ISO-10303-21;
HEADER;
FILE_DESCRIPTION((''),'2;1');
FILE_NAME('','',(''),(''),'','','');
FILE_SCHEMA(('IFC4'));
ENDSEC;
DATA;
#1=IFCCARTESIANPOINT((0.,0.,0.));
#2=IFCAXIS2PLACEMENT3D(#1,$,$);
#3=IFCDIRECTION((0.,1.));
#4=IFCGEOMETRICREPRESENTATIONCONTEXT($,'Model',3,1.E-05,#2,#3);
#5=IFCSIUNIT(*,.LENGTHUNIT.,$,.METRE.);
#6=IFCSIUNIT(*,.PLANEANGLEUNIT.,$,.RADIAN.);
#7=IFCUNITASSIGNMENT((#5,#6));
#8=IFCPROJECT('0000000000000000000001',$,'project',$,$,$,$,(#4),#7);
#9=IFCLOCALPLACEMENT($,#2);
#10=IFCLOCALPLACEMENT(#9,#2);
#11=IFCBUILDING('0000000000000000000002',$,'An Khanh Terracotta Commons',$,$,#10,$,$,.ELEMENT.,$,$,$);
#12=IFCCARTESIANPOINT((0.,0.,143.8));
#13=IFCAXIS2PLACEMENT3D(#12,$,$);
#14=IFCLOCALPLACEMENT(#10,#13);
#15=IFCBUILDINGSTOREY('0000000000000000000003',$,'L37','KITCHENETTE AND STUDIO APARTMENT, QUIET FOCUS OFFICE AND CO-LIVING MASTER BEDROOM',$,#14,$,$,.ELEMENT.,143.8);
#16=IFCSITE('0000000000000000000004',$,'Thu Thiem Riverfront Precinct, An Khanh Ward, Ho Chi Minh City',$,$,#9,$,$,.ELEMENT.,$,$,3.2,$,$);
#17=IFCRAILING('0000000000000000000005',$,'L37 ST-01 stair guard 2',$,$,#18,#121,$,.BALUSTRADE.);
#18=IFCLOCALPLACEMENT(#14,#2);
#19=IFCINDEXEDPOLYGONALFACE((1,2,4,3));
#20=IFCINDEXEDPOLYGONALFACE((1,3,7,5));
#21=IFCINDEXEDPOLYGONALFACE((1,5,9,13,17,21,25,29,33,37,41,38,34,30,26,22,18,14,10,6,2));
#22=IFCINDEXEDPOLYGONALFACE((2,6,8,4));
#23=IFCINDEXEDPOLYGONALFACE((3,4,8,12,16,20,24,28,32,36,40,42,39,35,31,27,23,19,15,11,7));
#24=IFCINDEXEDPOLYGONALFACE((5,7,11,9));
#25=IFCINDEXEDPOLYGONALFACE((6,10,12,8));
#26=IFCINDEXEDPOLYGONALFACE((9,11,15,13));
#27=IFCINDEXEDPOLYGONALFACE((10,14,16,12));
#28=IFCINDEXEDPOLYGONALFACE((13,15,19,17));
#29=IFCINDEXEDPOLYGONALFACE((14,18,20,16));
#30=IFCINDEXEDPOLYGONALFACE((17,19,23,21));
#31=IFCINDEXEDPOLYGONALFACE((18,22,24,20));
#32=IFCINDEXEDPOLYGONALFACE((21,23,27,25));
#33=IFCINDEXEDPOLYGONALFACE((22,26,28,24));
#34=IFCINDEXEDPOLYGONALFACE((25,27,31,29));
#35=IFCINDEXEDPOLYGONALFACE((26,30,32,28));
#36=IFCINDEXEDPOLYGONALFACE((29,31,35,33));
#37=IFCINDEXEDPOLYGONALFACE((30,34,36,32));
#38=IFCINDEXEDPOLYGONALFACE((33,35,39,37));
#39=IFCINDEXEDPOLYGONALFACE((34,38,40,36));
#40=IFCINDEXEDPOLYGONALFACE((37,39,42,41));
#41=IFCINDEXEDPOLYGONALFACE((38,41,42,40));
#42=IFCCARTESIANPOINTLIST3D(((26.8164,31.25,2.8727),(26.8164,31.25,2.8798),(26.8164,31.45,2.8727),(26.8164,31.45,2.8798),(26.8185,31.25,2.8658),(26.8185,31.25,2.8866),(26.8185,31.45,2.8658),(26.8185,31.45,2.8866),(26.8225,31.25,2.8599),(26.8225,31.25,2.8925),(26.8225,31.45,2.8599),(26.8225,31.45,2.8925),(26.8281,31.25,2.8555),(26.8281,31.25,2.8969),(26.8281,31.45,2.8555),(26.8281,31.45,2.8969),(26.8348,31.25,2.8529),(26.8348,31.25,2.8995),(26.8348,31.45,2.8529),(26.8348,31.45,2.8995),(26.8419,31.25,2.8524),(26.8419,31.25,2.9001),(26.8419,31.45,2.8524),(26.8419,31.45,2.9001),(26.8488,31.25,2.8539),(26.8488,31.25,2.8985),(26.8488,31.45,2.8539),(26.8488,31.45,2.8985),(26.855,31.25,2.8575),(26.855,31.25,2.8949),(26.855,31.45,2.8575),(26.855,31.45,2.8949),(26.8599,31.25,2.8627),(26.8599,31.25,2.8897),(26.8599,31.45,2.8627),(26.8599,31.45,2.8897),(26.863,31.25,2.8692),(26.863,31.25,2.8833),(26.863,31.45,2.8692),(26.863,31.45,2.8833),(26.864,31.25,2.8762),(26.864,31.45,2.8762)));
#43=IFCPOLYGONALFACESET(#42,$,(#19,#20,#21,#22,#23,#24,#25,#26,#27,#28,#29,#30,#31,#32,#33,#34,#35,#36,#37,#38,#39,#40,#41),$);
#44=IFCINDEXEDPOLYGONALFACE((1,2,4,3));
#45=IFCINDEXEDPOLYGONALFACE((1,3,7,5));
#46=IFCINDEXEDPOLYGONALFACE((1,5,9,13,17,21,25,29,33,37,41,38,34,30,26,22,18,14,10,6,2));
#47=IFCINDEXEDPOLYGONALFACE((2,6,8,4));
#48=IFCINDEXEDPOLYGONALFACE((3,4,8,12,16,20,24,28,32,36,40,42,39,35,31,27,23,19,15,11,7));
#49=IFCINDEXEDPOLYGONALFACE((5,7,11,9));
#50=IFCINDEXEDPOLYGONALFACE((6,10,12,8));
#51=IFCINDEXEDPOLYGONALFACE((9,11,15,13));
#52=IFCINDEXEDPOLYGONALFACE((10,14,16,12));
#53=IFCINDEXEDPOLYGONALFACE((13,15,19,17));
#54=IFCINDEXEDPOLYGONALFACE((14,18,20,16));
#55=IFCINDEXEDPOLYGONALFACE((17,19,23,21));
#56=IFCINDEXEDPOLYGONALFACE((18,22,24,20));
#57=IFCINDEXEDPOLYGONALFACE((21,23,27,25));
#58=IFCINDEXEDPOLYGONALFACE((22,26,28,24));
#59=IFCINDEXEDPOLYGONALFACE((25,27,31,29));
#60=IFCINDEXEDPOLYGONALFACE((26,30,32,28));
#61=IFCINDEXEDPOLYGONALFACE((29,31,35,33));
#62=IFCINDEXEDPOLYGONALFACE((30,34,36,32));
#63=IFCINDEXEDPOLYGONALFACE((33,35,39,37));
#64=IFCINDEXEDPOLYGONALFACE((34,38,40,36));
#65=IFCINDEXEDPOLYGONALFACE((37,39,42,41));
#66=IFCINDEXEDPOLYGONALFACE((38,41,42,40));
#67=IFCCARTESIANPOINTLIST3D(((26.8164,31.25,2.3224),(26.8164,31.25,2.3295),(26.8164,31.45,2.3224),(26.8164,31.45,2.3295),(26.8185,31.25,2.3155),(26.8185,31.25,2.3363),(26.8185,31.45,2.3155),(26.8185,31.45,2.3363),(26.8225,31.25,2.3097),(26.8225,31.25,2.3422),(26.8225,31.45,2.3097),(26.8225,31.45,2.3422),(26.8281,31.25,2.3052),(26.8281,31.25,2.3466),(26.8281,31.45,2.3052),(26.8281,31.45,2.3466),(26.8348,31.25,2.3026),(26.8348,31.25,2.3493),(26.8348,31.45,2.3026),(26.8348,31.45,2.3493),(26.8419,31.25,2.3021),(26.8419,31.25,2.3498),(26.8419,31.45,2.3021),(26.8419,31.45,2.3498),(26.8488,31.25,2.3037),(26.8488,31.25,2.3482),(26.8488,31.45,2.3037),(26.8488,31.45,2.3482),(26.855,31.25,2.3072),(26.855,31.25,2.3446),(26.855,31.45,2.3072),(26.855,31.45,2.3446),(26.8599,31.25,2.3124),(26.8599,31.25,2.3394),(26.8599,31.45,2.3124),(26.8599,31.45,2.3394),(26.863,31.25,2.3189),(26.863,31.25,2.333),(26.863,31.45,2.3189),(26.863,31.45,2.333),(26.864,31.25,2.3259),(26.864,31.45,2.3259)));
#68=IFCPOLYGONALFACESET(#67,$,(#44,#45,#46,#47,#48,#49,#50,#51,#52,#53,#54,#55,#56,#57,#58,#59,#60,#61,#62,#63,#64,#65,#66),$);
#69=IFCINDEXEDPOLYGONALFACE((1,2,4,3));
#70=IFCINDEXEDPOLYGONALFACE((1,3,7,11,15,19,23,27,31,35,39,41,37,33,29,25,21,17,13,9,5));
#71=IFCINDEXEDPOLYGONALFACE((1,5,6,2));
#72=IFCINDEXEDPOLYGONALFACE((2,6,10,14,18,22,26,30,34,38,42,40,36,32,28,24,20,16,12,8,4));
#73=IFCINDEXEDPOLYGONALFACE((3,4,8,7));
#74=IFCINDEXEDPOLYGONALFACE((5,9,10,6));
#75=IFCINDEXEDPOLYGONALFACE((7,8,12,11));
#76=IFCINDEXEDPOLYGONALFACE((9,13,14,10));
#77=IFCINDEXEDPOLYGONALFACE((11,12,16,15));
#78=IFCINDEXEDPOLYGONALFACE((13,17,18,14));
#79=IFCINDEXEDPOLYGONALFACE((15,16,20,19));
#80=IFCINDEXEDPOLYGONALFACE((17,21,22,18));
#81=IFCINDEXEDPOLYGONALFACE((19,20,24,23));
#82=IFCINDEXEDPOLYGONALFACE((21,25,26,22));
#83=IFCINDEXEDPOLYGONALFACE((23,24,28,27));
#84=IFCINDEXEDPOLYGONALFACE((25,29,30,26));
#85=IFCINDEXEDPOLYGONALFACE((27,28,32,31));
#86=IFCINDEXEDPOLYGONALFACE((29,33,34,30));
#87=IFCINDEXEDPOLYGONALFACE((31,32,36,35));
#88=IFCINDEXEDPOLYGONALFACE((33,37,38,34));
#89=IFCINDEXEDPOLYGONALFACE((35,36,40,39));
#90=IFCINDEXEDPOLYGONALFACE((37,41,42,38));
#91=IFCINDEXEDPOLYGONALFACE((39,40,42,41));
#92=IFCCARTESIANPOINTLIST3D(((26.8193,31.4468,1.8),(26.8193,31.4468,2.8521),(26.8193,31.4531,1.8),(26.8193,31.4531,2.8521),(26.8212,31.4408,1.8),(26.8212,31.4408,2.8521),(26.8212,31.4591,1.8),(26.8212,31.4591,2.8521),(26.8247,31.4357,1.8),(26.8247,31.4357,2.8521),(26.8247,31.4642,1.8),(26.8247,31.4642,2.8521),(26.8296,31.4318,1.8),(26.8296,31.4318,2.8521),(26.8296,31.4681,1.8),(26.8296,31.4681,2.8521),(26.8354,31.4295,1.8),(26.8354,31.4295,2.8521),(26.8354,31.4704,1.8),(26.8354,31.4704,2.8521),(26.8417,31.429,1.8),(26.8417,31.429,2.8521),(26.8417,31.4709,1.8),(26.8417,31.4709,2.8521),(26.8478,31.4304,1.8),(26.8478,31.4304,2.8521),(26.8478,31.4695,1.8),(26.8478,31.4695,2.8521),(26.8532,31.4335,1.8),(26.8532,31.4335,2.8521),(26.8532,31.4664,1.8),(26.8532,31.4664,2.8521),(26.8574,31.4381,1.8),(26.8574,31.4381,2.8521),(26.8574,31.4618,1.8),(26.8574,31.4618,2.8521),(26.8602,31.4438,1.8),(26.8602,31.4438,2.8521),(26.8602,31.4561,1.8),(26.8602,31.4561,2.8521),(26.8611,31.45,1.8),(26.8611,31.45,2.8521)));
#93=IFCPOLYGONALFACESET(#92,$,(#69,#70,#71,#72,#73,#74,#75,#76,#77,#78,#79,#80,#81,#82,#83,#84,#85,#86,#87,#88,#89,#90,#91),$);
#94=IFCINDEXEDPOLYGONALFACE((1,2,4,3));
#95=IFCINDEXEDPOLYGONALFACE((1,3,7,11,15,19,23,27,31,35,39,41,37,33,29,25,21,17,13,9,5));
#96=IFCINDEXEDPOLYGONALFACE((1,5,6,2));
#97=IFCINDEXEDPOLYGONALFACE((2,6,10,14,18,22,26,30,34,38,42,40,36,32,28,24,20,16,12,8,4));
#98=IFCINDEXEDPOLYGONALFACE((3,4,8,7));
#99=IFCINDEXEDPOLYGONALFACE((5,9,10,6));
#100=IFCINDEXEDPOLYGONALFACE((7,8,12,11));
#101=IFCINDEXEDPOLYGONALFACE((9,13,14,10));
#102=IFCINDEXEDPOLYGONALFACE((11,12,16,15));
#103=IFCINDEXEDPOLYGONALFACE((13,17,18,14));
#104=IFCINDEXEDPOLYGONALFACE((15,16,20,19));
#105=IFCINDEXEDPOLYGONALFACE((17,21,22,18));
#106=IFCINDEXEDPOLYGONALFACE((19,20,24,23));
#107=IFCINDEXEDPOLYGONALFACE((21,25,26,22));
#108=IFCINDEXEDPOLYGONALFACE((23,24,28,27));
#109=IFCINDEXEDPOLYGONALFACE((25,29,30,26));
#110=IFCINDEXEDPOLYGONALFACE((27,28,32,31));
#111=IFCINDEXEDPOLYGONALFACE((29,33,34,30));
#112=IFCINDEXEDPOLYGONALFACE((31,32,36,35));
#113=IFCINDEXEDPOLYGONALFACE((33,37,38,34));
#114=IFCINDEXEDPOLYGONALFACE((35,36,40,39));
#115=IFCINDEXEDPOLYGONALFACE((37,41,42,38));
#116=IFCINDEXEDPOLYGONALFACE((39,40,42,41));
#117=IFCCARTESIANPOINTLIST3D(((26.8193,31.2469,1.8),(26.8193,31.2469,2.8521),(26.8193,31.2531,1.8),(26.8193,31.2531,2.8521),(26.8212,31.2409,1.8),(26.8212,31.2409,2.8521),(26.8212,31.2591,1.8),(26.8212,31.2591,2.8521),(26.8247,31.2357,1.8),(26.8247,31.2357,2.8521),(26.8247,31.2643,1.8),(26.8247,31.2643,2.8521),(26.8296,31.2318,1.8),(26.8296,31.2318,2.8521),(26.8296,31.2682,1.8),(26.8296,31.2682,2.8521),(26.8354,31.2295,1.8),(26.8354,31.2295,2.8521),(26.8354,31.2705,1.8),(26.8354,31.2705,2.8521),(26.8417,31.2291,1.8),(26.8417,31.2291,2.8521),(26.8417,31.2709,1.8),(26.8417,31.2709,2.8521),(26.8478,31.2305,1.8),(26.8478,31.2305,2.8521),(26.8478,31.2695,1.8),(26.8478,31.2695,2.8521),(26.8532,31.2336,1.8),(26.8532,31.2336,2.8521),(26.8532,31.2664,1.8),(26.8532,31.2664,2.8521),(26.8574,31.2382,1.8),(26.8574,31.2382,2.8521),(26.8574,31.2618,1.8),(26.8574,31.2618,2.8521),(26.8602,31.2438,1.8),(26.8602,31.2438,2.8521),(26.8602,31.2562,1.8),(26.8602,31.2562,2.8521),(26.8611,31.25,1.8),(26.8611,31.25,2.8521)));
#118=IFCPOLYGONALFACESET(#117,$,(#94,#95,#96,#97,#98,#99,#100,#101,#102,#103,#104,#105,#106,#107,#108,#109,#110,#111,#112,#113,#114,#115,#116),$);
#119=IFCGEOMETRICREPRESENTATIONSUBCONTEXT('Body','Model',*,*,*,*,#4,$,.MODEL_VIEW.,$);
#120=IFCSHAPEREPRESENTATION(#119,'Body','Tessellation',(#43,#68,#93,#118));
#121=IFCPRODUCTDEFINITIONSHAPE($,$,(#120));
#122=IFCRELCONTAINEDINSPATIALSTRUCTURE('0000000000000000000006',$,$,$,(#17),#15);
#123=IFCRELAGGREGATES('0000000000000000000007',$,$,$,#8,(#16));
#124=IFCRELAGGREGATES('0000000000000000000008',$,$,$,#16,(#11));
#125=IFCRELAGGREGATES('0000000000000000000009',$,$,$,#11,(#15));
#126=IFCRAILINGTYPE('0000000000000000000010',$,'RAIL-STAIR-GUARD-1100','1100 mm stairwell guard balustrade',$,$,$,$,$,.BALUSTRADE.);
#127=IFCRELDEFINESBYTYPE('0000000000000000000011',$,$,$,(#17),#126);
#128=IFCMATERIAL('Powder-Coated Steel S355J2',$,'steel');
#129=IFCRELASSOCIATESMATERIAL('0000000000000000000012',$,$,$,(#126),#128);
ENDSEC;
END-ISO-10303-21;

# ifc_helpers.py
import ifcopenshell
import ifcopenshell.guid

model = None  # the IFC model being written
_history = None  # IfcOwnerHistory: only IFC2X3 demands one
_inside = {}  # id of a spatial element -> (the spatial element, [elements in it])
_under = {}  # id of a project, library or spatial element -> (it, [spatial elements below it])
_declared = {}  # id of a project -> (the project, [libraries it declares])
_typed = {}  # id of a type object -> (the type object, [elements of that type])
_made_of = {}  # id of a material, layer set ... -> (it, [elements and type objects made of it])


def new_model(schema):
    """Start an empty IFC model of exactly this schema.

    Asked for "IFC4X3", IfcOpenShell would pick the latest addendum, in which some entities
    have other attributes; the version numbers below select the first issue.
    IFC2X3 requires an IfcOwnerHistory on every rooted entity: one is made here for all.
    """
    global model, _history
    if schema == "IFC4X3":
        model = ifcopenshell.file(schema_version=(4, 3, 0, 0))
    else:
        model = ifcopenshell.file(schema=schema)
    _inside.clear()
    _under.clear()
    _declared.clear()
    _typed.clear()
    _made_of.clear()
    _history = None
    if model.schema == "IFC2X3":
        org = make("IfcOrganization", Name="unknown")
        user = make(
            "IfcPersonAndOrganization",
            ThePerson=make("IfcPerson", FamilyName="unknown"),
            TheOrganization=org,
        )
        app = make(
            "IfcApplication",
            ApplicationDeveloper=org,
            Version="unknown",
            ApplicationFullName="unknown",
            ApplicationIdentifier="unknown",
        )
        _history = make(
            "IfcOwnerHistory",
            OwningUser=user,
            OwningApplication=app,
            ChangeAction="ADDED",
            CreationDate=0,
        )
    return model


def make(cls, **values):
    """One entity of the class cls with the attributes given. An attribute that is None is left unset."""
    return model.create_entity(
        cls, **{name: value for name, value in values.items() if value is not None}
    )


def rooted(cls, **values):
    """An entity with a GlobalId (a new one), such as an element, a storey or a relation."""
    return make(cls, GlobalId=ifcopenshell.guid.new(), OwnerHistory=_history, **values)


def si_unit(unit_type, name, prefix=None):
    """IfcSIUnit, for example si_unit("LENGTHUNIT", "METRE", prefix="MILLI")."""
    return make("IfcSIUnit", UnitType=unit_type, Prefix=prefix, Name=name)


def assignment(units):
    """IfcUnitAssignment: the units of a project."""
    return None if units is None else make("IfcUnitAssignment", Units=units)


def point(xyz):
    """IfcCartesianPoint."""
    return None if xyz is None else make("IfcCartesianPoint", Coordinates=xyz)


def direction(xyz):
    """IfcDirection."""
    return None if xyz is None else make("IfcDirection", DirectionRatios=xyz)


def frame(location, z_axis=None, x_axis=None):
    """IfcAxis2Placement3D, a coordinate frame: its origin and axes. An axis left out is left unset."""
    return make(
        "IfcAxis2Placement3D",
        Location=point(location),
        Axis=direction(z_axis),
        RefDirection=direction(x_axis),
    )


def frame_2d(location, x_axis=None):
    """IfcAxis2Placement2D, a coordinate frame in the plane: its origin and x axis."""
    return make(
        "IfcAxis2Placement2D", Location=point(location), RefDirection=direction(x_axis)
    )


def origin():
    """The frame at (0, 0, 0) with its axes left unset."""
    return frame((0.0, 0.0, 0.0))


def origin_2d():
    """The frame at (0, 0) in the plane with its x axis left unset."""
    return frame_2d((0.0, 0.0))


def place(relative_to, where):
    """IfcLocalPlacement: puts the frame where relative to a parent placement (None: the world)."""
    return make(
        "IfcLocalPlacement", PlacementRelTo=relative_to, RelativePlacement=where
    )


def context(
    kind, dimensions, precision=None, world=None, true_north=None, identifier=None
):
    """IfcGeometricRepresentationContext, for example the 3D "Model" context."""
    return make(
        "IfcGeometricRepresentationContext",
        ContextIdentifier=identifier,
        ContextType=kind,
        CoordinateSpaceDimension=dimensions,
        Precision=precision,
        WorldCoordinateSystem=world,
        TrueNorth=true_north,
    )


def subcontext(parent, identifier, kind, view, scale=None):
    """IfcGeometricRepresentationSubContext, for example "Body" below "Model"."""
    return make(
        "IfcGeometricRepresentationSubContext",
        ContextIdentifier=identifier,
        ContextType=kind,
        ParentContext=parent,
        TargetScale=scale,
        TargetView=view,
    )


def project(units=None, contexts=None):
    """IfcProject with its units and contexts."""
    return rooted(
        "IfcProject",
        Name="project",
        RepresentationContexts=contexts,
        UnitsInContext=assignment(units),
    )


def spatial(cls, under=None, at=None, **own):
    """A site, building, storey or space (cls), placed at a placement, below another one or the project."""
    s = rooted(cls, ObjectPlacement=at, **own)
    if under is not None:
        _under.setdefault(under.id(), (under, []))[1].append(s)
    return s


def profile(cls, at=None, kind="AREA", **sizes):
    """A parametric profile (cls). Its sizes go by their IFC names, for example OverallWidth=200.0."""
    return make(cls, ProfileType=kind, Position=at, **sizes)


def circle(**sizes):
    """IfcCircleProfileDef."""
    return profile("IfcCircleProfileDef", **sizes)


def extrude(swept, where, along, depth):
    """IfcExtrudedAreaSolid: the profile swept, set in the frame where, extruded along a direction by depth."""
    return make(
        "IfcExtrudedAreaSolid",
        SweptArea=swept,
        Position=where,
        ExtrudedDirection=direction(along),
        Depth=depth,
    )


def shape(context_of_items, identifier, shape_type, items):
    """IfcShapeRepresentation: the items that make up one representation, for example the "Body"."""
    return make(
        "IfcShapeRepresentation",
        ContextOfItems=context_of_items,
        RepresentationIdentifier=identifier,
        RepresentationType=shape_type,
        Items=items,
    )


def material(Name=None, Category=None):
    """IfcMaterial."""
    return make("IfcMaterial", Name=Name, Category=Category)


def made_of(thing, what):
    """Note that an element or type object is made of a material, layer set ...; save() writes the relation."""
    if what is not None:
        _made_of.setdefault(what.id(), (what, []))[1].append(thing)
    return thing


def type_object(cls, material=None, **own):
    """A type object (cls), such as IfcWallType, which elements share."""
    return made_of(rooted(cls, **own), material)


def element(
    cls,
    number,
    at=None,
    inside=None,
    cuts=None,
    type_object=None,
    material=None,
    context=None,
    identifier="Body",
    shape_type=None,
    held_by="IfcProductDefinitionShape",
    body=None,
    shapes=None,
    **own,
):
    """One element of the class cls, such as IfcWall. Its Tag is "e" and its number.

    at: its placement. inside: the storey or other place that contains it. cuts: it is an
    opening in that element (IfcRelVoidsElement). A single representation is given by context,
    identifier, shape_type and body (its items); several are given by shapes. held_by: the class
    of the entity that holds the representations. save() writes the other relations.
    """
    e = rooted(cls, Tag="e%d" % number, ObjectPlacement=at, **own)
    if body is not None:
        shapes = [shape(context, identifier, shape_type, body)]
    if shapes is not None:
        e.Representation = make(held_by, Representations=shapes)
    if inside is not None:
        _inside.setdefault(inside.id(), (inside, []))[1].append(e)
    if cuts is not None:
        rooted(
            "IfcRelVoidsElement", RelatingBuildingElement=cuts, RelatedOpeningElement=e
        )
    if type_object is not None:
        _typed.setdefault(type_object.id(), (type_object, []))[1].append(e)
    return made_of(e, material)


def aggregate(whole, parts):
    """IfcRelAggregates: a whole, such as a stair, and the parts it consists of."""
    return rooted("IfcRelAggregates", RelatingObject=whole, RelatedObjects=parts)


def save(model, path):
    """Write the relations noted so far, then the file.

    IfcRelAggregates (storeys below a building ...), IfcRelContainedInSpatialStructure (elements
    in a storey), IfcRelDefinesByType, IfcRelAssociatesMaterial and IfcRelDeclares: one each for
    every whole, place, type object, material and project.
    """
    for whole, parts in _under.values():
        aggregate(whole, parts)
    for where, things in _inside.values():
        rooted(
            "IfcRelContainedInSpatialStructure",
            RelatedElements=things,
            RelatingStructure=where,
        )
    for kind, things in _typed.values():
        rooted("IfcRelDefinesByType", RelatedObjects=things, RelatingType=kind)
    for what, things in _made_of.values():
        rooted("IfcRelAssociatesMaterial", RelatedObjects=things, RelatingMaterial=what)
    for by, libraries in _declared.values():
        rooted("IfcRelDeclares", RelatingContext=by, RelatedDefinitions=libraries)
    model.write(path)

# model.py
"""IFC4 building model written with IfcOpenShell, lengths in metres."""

from ifc_helpers import new_model, si_unit, direction, frame, origin, origin_2d, place, context, subcontext, project, spatial, circle, extrude, material, type_object, element, save


model = new_model("IFC4")

# Units and contexts
model_context = context("Model", 3, precision=1e-05, world=origin(), true_north=direction((0.0, 1.0)))
body_context = subcontext(model_context, "Body", "Model", "MODEL_VIEW")
ifc_project = project(units=[si_unit("LENGTHUNIT", "METRE"), si_unit("PLANEANGLEUNIT", "RADIAN")], contexts=[model_context])

# Site, building, storey
site_placement = place(None, origin())
site = spatial("IfcSite", under=ifc_project, at=site_placement, Name="Thu Thiem Riverfront Precinct, An Khanh Ward, Ho Chi Minh City", CompositionType="ELEMENT", RefElevation=3.2)
building_placement = place(site_placement, origin())
building = spatial("IfcBuilding", under=site, at=building_placement, Name="An Khanh Terracotta Commons", CompositionType="ELEMENT")
storey_placement = place(building_placement, frame((0.0, 0.0, 143.8)))
storey = spatial("IfcBuildingStorey", under=building, at=storey_placement, Name="L37", Description="KITCHENETTE AND STUDIO APARTMENT, QUIET FOCUS OFFICE AND CO-LIVING MASTER BEDROOM", CompositionType="ELEMENT", Elevation=143.8)

# Railing
ifc_material_1 = material(Name="Powder-Coated Steel S355J2", Category="steel")
railing_type_1 = type_object("IfcRailingType", Name="RAIL-STAIR-GUARD-1100", Description="1100 mm stairwell guard balustrade", PredefinedType="BALUSTRADE", material=ifc_material_1)
railing_1_placement = place(storey_placement, frame((26.8401, 31.45, 1.8)))
element("IfcRailing", 1, at=railing_1_placement, inside=storey, type_object=railing_type_1, Name="L37 ST-01 stair guard 2", PredefinedType="BALUSTRADE", context=body_context, shape_type="SweptSolid", body=[
    extrude(circle(Radius=0.0239, at=origin_2d()), frame((0.0, 0.0, 1.0762), z_axis=(0.0, -1.0, 0.0), x_axis=(1.0, 0.0, 0.0)), (0.0, 0.0, 1.0), 0.2),
    extrude(circle(Radius=0.0239, at=origin_2d()), frame((0.0, 0.0, 0.5259), z_axis=(0.0, -1.0, 0.0), x_axis=(1.0, 0.0, 0.0)), (0.0, 0.0, 1.0), 0.2),
    extrude(circle(Radius=0.021, at=origin_2d()), origin(), (0.0, 0.0, 1.0), 1.052),
    extrude(circle(Radius=0.021, at=origin_2d()), frame((0.0, -0.2, 0.0)), (0.0, 0.0, 1.0), 1.052),
])

save(model, "model.ifc")
